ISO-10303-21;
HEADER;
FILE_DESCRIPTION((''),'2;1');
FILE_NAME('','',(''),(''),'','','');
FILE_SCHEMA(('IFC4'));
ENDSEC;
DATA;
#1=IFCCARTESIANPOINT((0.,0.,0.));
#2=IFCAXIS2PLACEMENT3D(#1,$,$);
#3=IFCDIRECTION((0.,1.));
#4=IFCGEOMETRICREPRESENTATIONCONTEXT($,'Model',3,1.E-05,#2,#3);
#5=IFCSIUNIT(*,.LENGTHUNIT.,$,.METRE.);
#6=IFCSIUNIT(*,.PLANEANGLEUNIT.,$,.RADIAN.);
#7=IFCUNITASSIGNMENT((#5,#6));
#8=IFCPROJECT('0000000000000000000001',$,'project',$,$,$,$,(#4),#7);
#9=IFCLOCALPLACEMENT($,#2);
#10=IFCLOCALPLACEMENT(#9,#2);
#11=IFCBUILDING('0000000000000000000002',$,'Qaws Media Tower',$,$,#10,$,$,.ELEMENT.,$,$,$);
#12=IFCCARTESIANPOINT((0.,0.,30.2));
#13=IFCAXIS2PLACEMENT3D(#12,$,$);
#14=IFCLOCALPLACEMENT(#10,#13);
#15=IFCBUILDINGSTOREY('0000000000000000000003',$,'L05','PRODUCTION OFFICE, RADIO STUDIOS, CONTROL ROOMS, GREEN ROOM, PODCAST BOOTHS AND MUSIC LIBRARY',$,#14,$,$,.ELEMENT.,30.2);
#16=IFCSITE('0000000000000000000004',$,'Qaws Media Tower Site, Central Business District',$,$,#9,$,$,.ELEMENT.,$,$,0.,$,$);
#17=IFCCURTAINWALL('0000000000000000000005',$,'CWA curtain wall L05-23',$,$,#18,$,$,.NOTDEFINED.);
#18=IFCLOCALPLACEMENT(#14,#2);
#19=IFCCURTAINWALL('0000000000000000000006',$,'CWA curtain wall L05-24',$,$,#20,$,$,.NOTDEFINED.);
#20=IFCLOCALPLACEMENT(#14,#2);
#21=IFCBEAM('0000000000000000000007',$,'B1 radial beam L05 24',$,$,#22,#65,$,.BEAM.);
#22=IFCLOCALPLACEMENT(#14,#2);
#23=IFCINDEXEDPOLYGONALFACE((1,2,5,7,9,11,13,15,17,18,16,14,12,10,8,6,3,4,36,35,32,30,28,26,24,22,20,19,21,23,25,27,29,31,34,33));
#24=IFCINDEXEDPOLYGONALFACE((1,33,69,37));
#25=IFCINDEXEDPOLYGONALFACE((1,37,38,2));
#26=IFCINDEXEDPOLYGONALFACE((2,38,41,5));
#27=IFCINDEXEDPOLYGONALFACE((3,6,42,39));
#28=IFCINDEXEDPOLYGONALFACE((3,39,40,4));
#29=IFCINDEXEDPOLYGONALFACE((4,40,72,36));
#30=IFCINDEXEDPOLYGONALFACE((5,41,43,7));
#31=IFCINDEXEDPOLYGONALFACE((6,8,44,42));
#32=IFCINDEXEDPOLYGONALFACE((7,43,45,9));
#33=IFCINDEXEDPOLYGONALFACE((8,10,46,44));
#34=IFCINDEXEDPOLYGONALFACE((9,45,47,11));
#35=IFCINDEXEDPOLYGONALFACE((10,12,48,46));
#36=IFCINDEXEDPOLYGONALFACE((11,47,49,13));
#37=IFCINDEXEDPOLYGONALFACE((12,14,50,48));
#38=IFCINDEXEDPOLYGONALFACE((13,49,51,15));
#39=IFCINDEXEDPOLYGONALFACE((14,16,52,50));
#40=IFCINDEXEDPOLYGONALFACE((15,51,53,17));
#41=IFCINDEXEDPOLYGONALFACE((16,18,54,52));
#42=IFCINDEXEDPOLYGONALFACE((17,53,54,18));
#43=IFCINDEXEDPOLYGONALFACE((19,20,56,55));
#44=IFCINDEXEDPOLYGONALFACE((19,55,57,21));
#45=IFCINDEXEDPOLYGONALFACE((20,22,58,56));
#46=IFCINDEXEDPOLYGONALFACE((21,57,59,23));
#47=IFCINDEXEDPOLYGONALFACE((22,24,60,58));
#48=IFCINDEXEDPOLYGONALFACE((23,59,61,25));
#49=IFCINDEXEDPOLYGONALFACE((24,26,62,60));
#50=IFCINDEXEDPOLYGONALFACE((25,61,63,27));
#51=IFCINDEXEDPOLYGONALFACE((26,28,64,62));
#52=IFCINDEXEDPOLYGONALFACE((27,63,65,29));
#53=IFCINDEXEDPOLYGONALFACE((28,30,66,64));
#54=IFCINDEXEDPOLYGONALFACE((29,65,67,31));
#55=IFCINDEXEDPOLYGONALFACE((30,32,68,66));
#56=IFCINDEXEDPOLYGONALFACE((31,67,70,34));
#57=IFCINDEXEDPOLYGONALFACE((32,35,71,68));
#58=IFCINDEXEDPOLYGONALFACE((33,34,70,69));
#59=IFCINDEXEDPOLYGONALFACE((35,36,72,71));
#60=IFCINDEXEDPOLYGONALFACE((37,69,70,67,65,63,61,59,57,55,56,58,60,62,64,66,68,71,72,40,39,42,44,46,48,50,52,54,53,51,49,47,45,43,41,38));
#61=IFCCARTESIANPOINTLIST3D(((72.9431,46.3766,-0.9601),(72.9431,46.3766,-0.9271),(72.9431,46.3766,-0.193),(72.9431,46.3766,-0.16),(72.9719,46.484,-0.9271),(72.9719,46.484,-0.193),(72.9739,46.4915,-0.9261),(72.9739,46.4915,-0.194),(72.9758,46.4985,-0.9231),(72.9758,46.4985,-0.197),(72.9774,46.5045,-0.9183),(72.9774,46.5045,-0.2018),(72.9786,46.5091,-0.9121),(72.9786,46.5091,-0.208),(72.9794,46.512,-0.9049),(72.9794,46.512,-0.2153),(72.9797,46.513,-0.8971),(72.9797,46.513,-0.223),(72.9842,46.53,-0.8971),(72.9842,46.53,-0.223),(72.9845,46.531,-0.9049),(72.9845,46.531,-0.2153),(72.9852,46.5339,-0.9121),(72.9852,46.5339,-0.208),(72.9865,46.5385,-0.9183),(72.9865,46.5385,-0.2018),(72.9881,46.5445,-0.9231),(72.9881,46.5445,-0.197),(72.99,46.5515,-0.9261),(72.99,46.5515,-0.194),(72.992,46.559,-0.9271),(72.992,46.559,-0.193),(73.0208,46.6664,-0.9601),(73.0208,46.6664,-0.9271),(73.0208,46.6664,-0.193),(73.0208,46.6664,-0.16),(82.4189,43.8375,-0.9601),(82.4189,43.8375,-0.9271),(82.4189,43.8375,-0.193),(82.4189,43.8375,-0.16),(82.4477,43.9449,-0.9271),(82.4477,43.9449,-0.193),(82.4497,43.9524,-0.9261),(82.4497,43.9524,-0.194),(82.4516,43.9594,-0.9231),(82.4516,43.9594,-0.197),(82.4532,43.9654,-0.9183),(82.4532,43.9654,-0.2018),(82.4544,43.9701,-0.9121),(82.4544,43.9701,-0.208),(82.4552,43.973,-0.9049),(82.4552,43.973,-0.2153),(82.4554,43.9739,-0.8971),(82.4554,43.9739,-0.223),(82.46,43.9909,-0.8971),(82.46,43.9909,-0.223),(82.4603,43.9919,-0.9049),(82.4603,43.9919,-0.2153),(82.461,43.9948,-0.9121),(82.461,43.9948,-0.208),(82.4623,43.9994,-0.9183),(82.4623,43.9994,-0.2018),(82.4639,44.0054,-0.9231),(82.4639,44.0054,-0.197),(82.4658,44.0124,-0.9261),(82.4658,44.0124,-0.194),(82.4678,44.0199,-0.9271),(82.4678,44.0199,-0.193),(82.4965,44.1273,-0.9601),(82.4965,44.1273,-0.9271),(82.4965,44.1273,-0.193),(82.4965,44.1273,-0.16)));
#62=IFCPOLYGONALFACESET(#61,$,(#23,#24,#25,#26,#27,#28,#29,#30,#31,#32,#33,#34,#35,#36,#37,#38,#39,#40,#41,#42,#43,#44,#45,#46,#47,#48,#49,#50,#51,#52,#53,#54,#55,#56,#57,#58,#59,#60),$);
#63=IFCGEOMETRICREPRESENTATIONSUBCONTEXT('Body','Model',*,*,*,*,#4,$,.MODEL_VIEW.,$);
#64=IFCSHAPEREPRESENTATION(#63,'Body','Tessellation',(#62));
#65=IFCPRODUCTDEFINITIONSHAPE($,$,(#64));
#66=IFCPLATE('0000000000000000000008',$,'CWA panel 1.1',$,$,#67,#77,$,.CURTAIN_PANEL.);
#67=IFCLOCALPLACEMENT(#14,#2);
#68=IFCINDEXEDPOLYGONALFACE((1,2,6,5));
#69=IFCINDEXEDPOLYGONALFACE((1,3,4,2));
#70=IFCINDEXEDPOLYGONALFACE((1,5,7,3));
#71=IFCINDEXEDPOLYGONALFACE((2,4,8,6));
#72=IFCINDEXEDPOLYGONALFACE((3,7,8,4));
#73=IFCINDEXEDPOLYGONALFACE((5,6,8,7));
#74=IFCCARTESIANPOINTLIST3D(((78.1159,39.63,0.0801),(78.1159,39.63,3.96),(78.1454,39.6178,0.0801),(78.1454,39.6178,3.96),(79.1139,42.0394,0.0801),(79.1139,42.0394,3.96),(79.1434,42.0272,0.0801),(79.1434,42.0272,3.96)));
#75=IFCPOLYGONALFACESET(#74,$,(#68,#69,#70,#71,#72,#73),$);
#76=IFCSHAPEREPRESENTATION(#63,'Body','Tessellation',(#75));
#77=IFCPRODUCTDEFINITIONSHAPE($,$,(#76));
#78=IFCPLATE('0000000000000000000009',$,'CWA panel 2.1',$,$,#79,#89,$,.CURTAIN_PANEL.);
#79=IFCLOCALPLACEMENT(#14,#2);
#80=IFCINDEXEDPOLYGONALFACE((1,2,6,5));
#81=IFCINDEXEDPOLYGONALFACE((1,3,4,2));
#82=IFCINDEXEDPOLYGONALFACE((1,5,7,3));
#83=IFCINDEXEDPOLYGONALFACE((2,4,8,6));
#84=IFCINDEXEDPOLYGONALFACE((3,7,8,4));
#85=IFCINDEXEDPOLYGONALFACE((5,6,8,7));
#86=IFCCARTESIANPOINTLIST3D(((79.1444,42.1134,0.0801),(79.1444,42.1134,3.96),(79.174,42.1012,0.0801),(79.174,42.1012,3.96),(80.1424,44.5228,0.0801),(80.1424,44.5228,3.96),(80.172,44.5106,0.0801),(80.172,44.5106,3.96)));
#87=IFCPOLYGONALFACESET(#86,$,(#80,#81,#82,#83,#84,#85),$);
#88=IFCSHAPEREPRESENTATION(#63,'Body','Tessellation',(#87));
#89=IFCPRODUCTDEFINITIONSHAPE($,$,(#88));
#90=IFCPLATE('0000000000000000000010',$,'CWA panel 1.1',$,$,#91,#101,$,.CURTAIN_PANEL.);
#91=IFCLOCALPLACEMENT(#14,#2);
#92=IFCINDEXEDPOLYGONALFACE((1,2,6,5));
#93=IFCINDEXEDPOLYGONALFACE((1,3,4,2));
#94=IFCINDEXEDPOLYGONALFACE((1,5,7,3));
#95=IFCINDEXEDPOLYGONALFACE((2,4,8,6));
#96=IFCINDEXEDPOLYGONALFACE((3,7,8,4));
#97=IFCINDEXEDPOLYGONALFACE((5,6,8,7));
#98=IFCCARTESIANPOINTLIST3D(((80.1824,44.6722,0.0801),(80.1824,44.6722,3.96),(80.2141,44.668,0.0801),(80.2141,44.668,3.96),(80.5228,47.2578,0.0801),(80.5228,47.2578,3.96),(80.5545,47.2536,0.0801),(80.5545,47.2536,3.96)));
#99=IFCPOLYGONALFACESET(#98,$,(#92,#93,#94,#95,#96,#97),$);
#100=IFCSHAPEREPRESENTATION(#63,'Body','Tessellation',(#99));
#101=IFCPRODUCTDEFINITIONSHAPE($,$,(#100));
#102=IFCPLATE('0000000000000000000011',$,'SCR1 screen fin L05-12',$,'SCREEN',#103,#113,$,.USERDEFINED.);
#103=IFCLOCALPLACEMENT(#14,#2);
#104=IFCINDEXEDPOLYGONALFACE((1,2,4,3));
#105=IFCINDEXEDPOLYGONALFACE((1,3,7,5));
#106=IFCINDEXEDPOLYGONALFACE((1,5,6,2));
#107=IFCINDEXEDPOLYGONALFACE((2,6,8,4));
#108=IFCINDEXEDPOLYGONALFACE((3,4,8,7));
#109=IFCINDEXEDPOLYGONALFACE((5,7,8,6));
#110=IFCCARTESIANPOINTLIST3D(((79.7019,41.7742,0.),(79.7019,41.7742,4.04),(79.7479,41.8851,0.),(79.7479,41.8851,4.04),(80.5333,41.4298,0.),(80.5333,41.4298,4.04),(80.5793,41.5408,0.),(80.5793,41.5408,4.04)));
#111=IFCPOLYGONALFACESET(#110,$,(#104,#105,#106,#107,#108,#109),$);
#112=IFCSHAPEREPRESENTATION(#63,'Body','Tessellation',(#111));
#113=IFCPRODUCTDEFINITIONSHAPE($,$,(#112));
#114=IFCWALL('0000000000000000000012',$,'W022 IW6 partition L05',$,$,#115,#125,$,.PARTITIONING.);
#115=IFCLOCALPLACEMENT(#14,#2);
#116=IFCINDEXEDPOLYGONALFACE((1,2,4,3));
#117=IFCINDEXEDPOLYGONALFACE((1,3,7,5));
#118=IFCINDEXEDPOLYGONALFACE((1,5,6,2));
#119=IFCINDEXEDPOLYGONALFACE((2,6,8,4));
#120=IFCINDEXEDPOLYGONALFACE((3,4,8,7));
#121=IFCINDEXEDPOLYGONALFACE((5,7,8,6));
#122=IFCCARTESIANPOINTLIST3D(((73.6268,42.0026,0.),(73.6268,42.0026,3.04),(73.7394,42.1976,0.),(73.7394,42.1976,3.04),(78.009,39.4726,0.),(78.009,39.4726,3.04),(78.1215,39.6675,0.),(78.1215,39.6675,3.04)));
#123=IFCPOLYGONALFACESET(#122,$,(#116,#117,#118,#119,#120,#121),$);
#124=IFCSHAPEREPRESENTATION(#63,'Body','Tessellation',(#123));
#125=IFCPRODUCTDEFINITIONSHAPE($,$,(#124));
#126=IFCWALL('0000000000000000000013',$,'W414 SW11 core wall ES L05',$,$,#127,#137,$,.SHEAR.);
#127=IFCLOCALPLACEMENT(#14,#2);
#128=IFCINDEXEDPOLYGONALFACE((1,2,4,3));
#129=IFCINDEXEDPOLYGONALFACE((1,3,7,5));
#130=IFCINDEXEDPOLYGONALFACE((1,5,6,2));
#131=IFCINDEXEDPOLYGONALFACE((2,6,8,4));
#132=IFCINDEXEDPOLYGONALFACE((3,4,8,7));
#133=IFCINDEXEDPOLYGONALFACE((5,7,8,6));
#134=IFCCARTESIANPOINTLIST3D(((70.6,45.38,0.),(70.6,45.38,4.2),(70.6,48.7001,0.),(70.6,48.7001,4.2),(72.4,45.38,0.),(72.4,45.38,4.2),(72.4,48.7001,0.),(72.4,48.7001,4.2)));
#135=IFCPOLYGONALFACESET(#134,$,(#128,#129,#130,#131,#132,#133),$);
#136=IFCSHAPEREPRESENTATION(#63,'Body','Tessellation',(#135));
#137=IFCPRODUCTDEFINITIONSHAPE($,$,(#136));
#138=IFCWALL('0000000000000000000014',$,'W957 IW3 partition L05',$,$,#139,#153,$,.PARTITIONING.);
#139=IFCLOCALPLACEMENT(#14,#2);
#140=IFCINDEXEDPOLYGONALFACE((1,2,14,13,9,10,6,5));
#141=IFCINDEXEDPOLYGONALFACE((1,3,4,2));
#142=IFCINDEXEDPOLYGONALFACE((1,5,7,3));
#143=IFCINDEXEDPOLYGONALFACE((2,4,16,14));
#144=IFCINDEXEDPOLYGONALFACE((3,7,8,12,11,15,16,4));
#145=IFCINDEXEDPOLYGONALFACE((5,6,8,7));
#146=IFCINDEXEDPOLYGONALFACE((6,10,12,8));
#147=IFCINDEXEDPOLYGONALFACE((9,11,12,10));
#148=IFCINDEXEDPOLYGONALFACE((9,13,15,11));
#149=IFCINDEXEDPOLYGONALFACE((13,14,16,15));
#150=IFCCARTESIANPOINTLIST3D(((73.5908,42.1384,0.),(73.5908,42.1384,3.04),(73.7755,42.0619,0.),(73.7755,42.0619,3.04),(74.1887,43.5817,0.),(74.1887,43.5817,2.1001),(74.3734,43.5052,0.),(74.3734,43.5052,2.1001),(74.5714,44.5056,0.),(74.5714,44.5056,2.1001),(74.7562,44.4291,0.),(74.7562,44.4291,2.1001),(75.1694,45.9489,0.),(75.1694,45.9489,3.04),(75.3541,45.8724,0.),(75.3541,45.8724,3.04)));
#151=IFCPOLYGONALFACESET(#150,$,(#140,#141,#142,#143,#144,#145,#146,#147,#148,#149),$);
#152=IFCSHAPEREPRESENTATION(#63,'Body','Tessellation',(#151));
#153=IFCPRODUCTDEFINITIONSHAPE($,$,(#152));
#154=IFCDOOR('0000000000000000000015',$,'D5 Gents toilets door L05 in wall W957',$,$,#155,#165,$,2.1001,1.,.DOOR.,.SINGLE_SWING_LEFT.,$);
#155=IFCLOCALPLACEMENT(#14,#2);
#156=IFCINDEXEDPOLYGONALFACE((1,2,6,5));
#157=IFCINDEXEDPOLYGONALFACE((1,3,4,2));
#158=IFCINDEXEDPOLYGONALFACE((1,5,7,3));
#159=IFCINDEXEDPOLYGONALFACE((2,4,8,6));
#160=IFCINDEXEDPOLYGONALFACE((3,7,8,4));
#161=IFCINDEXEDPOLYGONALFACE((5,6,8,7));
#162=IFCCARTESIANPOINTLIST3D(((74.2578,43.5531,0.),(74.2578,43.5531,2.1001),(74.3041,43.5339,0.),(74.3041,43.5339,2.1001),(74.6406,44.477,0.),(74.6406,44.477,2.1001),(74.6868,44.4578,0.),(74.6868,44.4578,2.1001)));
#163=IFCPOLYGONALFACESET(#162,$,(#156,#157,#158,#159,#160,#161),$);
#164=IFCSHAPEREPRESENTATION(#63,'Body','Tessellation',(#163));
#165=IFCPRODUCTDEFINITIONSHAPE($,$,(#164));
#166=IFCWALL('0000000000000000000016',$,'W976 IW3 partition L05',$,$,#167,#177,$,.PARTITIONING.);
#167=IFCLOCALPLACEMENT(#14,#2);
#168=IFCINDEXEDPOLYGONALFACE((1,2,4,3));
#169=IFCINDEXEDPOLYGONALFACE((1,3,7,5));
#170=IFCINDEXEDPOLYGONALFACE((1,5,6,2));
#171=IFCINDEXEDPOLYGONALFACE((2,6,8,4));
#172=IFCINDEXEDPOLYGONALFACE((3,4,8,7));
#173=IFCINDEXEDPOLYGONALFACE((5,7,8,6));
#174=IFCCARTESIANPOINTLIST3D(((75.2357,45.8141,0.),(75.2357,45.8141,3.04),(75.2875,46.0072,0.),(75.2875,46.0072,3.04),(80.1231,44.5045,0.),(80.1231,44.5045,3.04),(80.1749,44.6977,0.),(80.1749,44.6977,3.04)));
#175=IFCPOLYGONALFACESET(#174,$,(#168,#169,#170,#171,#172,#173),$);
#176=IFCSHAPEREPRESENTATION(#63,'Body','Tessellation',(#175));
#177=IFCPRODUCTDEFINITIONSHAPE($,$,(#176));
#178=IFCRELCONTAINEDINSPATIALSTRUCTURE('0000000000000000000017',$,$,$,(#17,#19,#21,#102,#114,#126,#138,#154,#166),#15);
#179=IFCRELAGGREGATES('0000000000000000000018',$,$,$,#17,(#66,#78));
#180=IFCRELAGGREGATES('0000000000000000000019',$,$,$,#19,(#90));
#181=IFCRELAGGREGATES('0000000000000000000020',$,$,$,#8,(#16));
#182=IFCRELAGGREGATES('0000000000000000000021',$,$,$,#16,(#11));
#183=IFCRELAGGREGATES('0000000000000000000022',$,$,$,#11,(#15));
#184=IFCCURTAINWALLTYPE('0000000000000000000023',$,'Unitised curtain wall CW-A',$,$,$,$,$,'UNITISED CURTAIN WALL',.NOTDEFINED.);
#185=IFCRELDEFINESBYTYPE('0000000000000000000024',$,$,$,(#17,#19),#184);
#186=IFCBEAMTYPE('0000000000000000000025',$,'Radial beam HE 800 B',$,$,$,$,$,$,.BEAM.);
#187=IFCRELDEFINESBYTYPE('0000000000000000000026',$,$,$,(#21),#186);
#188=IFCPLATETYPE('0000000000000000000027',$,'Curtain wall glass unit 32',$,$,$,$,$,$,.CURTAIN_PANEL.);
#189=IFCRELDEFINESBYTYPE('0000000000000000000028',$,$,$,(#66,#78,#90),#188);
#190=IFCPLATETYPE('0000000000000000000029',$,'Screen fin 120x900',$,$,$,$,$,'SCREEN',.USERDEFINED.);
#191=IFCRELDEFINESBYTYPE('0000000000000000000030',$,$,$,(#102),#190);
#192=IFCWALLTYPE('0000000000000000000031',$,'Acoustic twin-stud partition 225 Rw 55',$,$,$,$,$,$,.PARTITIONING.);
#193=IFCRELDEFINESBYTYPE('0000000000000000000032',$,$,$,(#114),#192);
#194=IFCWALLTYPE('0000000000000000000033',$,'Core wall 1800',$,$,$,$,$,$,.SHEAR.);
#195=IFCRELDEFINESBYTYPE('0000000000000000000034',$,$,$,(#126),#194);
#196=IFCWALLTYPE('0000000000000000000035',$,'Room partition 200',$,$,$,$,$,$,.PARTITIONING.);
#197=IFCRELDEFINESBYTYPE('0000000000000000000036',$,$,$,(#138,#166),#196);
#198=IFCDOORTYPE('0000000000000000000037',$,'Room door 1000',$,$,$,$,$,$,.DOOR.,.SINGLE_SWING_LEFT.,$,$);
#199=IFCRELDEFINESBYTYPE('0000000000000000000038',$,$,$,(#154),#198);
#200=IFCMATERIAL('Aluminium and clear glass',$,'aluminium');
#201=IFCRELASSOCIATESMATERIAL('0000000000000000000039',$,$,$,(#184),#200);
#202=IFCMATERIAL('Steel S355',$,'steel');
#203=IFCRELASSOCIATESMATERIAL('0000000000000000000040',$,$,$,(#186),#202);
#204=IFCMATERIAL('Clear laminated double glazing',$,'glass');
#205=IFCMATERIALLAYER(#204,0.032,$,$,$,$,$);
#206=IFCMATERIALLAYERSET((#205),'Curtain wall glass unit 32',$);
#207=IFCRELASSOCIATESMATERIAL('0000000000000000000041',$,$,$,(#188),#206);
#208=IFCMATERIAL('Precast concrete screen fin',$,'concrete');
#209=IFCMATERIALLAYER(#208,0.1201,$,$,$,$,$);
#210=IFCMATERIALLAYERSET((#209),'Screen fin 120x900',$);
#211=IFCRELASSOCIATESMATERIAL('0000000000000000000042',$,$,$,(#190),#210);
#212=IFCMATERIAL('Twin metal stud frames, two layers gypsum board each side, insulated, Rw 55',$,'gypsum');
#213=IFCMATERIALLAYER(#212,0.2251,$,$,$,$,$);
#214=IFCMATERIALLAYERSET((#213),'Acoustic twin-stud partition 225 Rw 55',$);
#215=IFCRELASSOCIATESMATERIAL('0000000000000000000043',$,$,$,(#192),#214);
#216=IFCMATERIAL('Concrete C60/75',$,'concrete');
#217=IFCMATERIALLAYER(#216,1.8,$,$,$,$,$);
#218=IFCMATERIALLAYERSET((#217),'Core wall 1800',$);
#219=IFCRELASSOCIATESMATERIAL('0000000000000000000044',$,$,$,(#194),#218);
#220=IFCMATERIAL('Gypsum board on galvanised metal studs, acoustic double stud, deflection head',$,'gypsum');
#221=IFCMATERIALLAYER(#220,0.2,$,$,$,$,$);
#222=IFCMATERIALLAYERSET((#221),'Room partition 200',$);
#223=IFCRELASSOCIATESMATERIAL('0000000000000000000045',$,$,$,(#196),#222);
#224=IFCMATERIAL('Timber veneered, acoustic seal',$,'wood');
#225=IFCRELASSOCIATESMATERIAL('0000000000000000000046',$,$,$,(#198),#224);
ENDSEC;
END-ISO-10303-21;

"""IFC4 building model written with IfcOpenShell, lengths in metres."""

from ifc_helpers import new_model, si_unit, direction, frame, frame_2d, origin, origin_2d, place, context, subcontext, project, spatial, rectangle, i_section, extrude, material, layer, layer_set, material_profile, profile_set, type_object, element, fill, aggregate, save


model = new_model("IFC4")

# Units and contexts
model_context = context("Model", 3, precision=1e-05, world=origin(), true_north=direction((0.0, 1.0)))
body_context = subcontext(model_context, "Body", "Model", "MODEL_VIEW")
ifc_project = project(units=[si_unit("LENGTHUNIT", "METRE"), si_unit("PLANEANGLEUNIT", "RADIAN")], contexts=[model_context])

# Site, building, storey
site_placement = place(None, origin())
site = spatial("IfcSite", under=ifc_project, at=site_placement, Name="Qaws Media Tower Site, Central Business District", CompositionType="ELEMENT", RefElevation=0.0)
building_placement = place(site_placement, origin())
building = spatial("IfcBuilding", under=site, at=building_placement, Name="Qaws Media Tower", CompositionType="ELEMENT")
storey_placement = place(building_placement, frame((0.0, 0.0, 30.2)))
storey = spatial("IfcBuildingStorey", under=building, at=storey_placement, Name="L05", Description="PRODUCTION OFFICE, RADIO STUDIOS, CONTROL ROOMS, GREEN ROOM, PODCAST BOOTHS AND MUSIC LIBRARY", CompositionType="ELEMENT", Elevation=30.2)

# Curtain wall
ifc_material_1 = material(Name="Aluminium and clear glass", Category="aluminium")
curtain_wall_type = type_object("IfcCurtainWallType", Name="Unitised curtain wall CW-A", ElementType="UNITISED CURTAIN WALL", PredefinedType="NOTDEFINED", material=ifc_material_1)
curtain_wall_1_placement = place(storey_placement, origin())
curtain_wall_1 = element("IfcCurtainWall", 1, at=curtain_wall_1_placement, inside=storey, type_object=curtain_wall_type, Name="CWA curtain wall L05-23", PredefinedType="NOTDEFINED")

# Curtain wall
curtain_wall_2_placement = place(storey_placement, origin())
curtain_wall_2 = element("IfcCurtainWall", 2, at=curtain_wall_2_placement, inside=storey, type_object=curtain_wall_type, Name="CWA curtain wall L05-24", PredefinedType="NOTDEFINED")

# Beam
ifc_material_2 = material(Name="Steel S355", Category="steel")
ifc_material_profile_1 = material_profile(ifc_material_2, i_section(OverallWidth=0.3, OverallDepth=0.8, WebThickness=0.0176, FlangeThickness=0.033, FilletRadius=0.03, at=origin_2d()), Name="HE 800 B")
ifc_profile_set_1 = profile_set([ifc_material_profile_1], Name="Steel S355")
beam_type_1 = type_object("IfcBeamType", Name="Radial beam HE 800 B", PredefinedType="BEAM", material=ifc_profile_set_1)
beam_1_placement = place(storey_placement, frame((72.9819, 46.5215, -0.5601), z_axis=(0.965925, -0.258821, 0.0), x_axis=(0.258821, 0.965925, 0.0)))
element("IfcBeam", 3, at=beam_1_placement, inside=storey, type_object=beam_type_1, Name="B1 radial beam L05 24", PredefinedType="BEAM", context=body_context, shape_type="SweptSolid", body=[
    extrude(i_section(OverallWidth=0.3, OverallDepth=0.8, WebThickness=0.0176, FlangeThickness=0.033, FilletRadius=0.03, at=origin_2d()), origin(), (0.0, 0.0, 1.0), 9.8101),
])

# Plates
ifc_material_3 = material(Name="Clear laminated double glazing", Category="glass")
ifc_layer_1 = layer(ifc_material_3, 0.032)
ifc_layer_set_1 = layer_set([ifc_layer_1], Name="Curtain wall glass unit 32")
plate_type_1 = type_object("IfcPlateType", Name="Curtain wall glass unit 32", PredefinedType="CURTAIN_PANEL", material=ifc_layer_set_1)
plate_1_placement = place(storey_placement, frame((78.6296, 40.8286, 0.0801), z_axis=(0.0, 0.0, 1.0), x_axis=(0.382683, 0.92388, 0.0)))
plate_1 = element("IfcPlate", 4, at=plate_1_placement, type_object=plate_type_1, Name="CWA panel 1.1", PredefinedType="CURTAIN_PANEL", context=body_context, shape_type="SweptSolid", body=[
    extrude(rectangle(XDim=2.6079, YDim=0.032, at=origin_2d()), origin(), (0.0, 0.0, 1.0), 3.8799),
])
plate_2_placement = place(storey_placement, frame((79.6582, 43.312, 0.0801), z_axis=(0.0, 0.0, 1.0), x_axis=(0.382683, 0.92388, 0.0)))
plate_2 = element("IfcPlate", 5, at=plate_2_placement, type_object=plate_type_1, Name="CWA panel 2.1", PredefinedType="CURTAIN_PANEL", context=body_context, shape_type="SweptSolid", body=[
    extrude(rectangle(XDim=2.6079, YDim=0.032, at=origin_2d()), origin(), (0.0, 0.0, 1.0), 3.8799),
])
aggregate(curtain_wall_1, [plate_1, plate_2])
plate_3_placement = place(storey_placement, frame((80.3684, 45.9629, 0.0801), z_axis=(0.0, 0.0, 1.0), x_axis=(0.130526, 0.991445, 0.0)))
plate_3 = element("IfcPlate", 6, at=plate_3_placement, type_object=plate_type_1, Name="CWA panel 1.1", PredefinedType="CURTAIN_PANEL", context=body_context, shape_type="SweptSolid", body=[
    extrude(rectangle(XDim=2.6079, YDim=0.032, at=origin_2d()), origin(), (0.0, 0.0, 1.0), 3.8799),
])
aggregate(curtain_wall_2, [plate_3])
ifc_material_4 = material(Name="Precast concrete screen fin", Category="concrete")
ifc_layer_2 = layer(ifc_material_4, 0.1201)
ifc_layer_set_2 = layer_set([ifc_layer_2], Name="Screen fin 120x900")
plate_type_2 = type_object("IfcPlateType", Name="Screen fin 120x900", ElementType="SCREEN", PredefinedType="USERDEFINED", material=ifc_layer_set_2)
plate_4_placement = place(storey_placement, frame((80.1406, 41.6575, 0.0), z_axis=(0.0, 0.0, 1.0), x_axis=(0.92388, -0.382683, 0.0)))
element("IfcPlate", 7, at=plate_4_placement, inside=storey, type_object=plate_type_2, Name="SCR1 screen fin L05-12", ObjectType="SCREEN", PredefinedType="USERDEFINED", context=body_context, shape_type="SweptSolid", body=[
    extrude(rectangle(XDim=0.8999, YDim=0.1201, at=origin_2d()), origin(), (0.0, 0.0, 1.0), 4.04),
])

# Walls
ifc_material_5 = material(Name="Twin metal stud frames, two layers gypsum board each side, insulated, Rw 55", Category="gypsum")
ifc_layer_3 = layer(ifc_material_5, 0.2251)
ifc_layer_set_3 = layer_set([ifc_layer_3], Name="Acoustic twin-stud partition 225 Rw 55")
wall_type_1 = type_object("IfcWallType", Name="Acoustic twin-stud partition 225 Rw 55", PredefinedType="PARTITIONING", material=ifc_layer_set_3)
wall_1_placement = place(storey_placement, frame((73.6831, 42.1001, 0.0), z_axis=(0.0, 0.0, 1.0), x_axis=(0.866022, -0.500005, 0.0)))
element("IfcWall", 8, at=wall_1_placement, inside=storey, type_object=wall_type_1, Name="W022 IW6 partition L05", PredefinedType="PARTITIONING", context=body_context, shape_type="SweptSolid", body=[
    extrude(rectangle(XDim=5.0601, YDim=0.2251, at=frame_2d((2.53, 0.0))), origin(), (0.0, 0.0, 1.0), 3.04),
])
ifc_material_6 = material(Name="Concrete C60/75", Category="concrete")
ifc_layer_4 = layer(ifc_material_6, 1.8)
ifc_layer_set_4 = layer_set([ifc_layer_4], Name="Core wall 1800")
wall_type_2 = type_object("IfcWallType", Name="Core wall 1800", PredefinedType="SHEAR", material=ifc_layer_set_4)
wall_2_placement = place(storey_placement, frame((71.5, 45.3799, 0.0), z_axis=(0.0, 0.0, 1.0), x_axis=(0.0, 1.0, 0.0)))
element("IfcWall", 9, at=wall_2_placement, inside=storey, type_object=wall_type_2, Name="W414 SW11 core wall ES L05", PredefinedType="SHEAR", context=body_context, shape_type="SweptSolid", body=[
    extrude(rectangle(XDim=3.3201, YDim=1.8, at=frame_2d((1.6602, 0.0))), origin(), (0.0, 0.0, 1.0), 4.2),
])

# Wall, opening, door
ifc_material_7 = material(Name="Gypsum board on galvanised metal studs, acoustic double stud, deflection head", Category="gypsum")
ifc_layer_5 = layer(ifc_material_7, 0.2)
ifc_layer_set_5 = layer_set([ifc_layer_5], Name="Room partition 200")
wall_type_3 = type_object("IfcWallType", Name="Room partition 200", PredefinedType="PARTITIONING", material=ifc_layer_set_5)
wall_3_placement = place(storey_placement, frame((75.2617, 45.9106, 0.0), z_axis=(0.0, 0.0, 1.0), x_axis=(-0.382732, -0.92386, 0.0)))
wall_3 = element("IfcWall", 10, at=wall_3_placement, inside=storey, type_object=wall_type_3, Name="W957 IW3 partition L05", PredefinedType="PARTITIONING", context=body_context, shape_type="SweptSolid", body=[
    extrude(rectangle(XDim=4.1245, YDim=0.2, at=frame_2d((2.0623, 0.0))), origin(), (0.0, 0.0, 1.0), 3.04),
])
opening_1_placement = place(wall_3_placement, frame((1.5623, 0.0, 0.0)))
opening_1 = element("IfcOpeningElement", 11, at=opening_1_placement, cuts=wall_3, PredefinedType="OPENING", context=body_context, shape_type="SweptSolid", body=[
    extrude(rectangle(XDim=1.0, YDim=2.1001, at=frame_2d((0.5, 1.05))), frame((0.0, 0.1099, 0.0), z_axis=(0.0, -1.0, 0.0), x_axis=(1.0, 0.0, 0.0)), (0.0, 0.0, 1.0), 0.22),
])
ifc_material_8 = material(Name="Timber veneered, acoustic seal", Category="wood")
door_type_1 = type_object("IfcDoorType", Name="Room door 1000", OperationType="SINGLE_SWING_LEFT", PredefinedType="DOOR", material=ifc_material_8)
door_1_placement = place(opening_1_placement, origin())
door_1 = element("IfcDoor", 12, at=door_1_placement, inside=storey, type_object=door_type_1, Name="D5 Gents toilets door L05 in wall W957", OperationType="SINGLE_SWING_LEFT", OverallHeight=2.1001, OverallWidth=1.0, PredefinedType="DOOR", context=body_context, shape_type="SweptSolid", body=[
    extrude(rectangle(XDim=1.0, YDim=2.1001, at=frame_2d((0.5, 1.05))), frame((0.0, 0.0249, 0.0), z_axis=(0.0, -1.0, 0.0), x_axis=(1.0, 0.0, 0.0)), (0.0, 0.0, 1.0), 0.05),
])
fill(opening_1, door_1)

# Wall
wall_4_placement = place(storey_placement, frame((75.2617, 45.9106, 0.0), z_axis=(0.0, 0.0, 1.0), x_axis=(0.965927, -0.258816, 0.0)))
element("IfcWall", 13, at=wall_4_placement, inside=storey, type_object=wall_type_3, Name="W976 IW3 partition L05", PredefinedType="PARTITIONING", context=body_context, shape_type="SweptSolid", body=[
    extrude(rectangle(XDim=5.0598, YDim=0.2, at=frame_2d((2.5298, 0.0))), origin(), (0.0, 0.0, 1.0), 3.04),
])

save(model, "model.ifc")
